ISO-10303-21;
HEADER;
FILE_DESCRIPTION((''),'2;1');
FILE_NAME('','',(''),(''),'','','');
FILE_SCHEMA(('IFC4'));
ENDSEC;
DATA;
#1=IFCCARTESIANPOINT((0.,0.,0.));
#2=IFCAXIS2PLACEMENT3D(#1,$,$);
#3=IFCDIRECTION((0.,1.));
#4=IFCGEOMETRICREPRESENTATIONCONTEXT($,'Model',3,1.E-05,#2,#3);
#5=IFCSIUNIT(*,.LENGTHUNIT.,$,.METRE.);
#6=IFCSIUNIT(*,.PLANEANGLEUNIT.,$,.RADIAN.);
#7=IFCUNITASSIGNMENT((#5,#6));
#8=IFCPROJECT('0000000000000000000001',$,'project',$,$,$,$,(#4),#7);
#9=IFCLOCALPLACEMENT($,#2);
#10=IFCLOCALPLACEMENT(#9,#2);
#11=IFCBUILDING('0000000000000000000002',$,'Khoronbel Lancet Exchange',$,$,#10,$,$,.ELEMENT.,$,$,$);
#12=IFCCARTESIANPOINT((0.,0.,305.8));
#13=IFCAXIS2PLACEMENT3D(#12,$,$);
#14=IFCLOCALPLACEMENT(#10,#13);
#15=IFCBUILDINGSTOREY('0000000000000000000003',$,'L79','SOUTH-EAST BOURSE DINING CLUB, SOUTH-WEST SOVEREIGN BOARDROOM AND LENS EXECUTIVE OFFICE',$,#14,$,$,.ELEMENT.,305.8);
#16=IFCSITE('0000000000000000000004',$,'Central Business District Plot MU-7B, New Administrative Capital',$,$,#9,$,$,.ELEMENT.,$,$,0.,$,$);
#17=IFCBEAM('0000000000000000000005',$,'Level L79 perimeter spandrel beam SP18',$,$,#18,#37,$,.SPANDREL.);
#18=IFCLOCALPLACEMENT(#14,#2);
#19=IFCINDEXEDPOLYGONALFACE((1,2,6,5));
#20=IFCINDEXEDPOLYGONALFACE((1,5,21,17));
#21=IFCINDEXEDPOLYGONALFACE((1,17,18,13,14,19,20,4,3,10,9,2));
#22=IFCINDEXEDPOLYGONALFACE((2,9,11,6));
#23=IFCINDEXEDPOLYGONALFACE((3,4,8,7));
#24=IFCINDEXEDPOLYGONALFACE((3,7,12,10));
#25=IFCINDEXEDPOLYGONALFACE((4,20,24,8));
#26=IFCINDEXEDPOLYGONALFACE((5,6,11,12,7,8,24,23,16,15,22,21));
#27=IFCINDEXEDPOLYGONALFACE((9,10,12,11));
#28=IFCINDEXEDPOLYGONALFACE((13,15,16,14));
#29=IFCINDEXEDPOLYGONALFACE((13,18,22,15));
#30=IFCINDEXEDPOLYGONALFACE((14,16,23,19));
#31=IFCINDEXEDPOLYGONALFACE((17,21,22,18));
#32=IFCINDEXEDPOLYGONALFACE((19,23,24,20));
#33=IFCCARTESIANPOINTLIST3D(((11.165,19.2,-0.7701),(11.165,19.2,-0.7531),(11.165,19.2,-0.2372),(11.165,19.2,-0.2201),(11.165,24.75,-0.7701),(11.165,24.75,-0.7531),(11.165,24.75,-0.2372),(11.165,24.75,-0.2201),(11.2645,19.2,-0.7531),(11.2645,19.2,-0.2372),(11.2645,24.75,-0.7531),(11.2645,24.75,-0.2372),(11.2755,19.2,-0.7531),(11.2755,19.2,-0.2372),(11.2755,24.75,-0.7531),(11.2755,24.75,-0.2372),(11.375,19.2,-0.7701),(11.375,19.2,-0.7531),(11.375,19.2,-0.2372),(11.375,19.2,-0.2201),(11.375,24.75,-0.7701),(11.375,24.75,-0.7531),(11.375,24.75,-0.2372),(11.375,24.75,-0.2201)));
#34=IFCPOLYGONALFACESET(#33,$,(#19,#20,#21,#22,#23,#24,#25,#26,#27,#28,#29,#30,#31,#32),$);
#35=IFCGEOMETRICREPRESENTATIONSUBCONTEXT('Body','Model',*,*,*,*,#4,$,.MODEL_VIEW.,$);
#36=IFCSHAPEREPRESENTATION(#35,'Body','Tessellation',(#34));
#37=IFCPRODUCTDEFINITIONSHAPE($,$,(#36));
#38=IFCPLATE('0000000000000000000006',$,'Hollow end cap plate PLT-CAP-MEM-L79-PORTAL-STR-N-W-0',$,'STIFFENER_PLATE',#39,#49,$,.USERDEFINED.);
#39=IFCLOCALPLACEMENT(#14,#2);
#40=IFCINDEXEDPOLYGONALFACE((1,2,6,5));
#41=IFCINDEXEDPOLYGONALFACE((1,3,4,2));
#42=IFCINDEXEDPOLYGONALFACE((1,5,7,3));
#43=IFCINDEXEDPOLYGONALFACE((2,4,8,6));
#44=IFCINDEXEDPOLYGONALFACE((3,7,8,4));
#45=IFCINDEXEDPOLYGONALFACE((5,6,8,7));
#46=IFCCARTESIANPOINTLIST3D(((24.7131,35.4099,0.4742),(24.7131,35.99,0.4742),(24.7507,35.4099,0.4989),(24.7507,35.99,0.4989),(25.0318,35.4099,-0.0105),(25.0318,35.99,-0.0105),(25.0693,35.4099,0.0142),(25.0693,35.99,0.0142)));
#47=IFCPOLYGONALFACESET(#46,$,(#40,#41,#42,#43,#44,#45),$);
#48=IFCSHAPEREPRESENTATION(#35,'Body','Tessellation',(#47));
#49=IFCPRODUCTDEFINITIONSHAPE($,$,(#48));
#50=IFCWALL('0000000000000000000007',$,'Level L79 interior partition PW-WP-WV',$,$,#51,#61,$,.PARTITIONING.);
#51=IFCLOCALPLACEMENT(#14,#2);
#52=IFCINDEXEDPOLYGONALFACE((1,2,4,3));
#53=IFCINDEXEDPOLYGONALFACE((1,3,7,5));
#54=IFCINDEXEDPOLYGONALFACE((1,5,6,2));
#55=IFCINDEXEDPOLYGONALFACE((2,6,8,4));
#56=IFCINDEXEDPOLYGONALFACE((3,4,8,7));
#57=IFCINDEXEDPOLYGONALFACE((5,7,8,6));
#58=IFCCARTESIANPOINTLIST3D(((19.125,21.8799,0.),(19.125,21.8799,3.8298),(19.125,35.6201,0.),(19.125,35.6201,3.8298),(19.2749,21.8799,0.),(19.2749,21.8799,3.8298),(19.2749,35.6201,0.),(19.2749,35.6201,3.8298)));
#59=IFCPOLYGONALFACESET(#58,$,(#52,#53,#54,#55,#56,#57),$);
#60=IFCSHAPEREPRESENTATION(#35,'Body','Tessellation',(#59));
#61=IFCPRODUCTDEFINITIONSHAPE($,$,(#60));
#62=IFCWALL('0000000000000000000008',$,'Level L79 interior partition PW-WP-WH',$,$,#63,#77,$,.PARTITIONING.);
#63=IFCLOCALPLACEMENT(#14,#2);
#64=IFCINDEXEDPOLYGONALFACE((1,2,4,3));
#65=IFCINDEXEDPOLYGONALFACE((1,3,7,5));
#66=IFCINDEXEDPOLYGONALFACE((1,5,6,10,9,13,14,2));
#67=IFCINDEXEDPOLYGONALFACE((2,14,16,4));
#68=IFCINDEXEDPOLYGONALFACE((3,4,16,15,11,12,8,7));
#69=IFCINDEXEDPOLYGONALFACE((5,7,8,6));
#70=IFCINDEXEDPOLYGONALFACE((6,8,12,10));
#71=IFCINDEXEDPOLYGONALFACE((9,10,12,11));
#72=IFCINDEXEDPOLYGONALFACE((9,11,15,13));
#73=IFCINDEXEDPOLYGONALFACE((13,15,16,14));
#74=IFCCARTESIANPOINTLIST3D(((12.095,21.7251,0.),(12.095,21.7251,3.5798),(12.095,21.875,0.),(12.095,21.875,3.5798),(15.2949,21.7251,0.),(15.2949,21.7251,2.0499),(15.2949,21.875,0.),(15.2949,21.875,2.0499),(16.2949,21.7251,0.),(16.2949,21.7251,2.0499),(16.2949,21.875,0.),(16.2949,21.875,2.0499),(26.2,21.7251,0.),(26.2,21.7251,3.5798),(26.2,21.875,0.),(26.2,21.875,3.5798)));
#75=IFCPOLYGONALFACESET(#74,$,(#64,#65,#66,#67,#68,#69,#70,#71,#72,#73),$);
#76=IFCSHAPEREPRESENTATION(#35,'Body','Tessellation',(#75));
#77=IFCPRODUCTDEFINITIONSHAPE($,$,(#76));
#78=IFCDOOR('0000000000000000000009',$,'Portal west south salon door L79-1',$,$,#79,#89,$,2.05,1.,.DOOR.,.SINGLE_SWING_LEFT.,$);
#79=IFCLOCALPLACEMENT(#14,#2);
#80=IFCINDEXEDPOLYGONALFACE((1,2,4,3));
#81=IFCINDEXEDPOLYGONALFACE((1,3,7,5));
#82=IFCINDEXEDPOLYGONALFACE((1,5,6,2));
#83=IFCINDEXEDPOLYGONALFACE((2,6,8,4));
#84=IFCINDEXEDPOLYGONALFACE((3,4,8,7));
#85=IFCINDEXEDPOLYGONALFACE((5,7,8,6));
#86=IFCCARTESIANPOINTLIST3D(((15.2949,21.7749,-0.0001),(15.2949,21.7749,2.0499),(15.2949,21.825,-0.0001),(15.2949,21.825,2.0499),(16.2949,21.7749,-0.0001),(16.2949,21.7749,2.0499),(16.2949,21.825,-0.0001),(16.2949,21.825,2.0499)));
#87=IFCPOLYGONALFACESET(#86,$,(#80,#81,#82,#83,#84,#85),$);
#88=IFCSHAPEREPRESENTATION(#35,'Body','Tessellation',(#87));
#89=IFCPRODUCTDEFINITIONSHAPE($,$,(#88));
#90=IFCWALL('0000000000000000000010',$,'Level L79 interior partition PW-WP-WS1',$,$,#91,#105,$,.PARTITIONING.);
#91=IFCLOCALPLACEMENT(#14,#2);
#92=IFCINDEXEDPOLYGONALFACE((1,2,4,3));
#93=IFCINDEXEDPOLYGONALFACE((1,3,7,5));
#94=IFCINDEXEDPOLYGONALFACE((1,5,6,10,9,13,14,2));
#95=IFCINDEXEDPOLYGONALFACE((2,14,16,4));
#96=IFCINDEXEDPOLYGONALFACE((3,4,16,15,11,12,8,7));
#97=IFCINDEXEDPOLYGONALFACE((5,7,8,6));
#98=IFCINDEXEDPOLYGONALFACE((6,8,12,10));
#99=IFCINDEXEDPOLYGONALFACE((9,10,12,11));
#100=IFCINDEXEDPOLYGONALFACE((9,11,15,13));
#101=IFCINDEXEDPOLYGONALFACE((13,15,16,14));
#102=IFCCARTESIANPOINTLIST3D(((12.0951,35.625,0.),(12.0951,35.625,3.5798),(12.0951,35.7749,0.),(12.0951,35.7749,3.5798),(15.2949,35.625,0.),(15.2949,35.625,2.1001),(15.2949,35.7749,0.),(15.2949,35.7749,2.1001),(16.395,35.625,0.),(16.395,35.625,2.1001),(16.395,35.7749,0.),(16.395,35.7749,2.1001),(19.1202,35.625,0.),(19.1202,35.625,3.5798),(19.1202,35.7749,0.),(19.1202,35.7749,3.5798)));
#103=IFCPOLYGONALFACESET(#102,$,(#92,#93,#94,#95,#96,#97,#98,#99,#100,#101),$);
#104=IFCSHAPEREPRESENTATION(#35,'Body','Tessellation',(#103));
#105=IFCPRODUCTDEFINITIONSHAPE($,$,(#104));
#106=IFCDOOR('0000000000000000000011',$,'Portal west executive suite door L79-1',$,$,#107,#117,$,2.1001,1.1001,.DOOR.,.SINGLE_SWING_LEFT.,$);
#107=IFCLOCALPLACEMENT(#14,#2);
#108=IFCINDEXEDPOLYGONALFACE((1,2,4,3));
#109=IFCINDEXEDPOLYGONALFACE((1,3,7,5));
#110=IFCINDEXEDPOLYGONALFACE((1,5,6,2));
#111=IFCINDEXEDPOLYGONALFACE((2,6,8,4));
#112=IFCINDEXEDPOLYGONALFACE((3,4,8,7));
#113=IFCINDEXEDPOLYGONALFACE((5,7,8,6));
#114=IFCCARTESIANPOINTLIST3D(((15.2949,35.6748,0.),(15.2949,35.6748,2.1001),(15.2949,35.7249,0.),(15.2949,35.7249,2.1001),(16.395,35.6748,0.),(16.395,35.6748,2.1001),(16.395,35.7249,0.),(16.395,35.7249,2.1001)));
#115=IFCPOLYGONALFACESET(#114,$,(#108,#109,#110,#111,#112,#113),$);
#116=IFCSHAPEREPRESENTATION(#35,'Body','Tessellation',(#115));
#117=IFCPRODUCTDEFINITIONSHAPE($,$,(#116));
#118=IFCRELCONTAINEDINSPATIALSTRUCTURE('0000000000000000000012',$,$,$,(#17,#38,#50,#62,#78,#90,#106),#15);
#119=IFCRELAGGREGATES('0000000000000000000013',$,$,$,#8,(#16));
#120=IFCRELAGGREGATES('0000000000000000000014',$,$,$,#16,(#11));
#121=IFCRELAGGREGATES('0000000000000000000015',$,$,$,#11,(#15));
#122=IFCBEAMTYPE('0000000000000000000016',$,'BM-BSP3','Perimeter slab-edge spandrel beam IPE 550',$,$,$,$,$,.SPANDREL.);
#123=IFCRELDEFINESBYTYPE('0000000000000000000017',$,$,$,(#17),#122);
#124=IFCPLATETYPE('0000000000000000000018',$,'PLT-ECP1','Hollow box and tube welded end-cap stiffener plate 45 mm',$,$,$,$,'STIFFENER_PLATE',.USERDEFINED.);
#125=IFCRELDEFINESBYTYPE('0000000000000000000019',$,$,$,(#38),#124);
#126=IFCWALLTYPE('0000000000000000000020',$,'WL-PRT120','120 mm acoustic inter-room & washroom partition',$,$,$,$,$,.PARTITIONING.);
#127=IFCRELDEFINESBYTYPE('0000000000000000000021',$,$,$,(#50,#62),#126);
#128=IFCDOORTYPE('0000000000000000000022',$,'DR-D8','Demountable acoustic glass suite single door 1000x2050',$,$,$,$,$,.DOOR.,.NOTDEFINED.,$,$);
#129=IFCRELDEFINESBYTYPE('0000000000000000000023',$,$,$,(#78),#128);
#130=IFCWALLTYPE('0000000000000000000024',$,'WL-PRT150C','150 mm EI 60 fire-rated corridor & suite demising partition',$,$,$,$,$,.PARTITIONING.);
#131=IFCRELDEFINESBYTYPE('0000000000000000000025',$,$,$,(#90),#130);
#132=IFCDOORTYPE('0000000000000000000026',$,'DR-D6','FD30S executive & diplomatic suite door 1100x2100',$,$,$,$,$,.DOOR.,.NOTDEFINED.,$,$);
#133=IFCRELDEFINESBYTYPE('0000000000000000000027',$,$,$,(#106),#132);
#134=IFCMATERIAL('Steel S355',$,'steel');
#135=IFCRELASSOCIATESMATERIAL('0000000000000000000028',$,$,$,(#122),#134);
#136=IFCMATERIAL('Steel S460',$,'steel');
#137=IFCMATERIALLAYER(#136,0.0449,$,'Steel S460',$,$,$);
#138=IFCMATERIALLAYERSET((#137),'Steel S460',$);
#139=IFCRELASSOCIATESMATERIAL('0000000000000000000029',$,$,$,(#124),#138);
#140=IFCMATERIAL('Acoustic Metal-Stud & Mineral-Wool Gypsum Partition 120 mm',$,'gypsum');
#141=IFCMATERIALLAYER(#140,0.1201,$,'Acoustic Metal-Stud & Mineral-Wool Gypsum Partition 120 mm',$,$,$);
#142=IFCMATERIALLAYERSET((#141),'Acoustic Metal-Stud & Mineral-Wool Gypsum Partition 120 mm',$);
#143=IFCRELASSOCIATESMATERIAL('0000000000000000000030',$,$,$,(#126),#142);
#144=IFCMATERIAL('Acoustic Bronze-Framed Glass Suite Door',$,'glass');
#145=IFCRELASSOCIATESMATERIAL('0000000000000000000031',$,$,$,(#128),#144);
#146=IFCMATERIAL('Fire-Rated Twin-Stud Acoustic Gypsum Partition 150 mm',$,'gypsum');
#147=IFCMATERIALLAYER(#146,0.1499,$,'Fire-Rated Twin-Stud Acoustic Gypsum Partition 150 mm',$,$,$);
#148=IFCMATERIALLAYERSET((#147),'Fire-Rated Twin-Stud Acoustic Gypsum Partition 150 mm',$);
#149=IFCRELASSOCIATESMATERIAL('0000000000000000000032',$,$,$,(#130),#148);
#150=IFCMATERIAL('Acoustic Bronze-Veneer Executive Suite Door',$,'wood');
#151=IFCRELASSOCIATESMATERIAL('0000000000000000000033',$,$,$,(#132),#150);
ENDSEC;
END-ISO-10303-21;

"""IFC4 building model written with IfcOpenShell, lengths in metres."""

from ifc_helpers import new_model, si_unit, direction, frame, frame_2d, origin, origin_2d, place, context, subcontext, project, spatial, polyline, rectangle, i_section, outline, extrude, material, layer, layer_set, material_profile, profile_set, type_object, element, fill, save


model = new_model("IFC4")

# Units and contexts
model_context = context("Model", 3, precision=1e-05, world=origin(), true_north=direction((0.0, 1.0)))
body_context = subcontext(model_context, "Body", "Model", "MODEL_VIEW")
ifc_project = project(units=[si_unit("LENGTHUNIT", "METRE"), si_unit("PLANEANGLEUNIT", "RADIAN")], contexts=[model_context])

# Site, building, storey
site_placement = place(None, origin())
site = spatial("IfcSite", under=ifc_project, at=site_placement, Name="Central Business District Plot MU-7B, New Administrative Capital", CompositionType="ELEMENT", RefElevation=0.0)
building_placement = place(site_placement, origin())
building = spatial("IfcBuilding", under=site, at=building_placement, Name="Khoronbel Lancet Exchange", CompositionType="ELEMENT")
storey_placement = place(building_placement, frame((0.0, 0.0, 305.8)))
storey = spatial("IfcBuildingStorey", under=building, at=storey_placement, Name="L79", Description="SOUTH-EAST BOURSE DINING CLUB, SOUTH-WEST SOVEREIGN BOARDROOM AND LENS EXECUTIVE OFFICE", CompositionType="ELEMENT", Elevation=305.8)

# Shared definitions
ifc_material_1 = material(Name="Steel S355", Category="steel")

# Beam
ifc_material_profile_1 = material_profile(ifc_material_1, i_section(OverallWidth=0.21, OverallDepth=0.55, WebThickness=0.011, FlangeThickness=0.0171, at=origin_2d()), Name="IPE 550")
ifc_profile_set_1 = profile_set([ifc_material_profile_1], Name="Steel S355")
beam_type_1 = type_object("IfcBeamType", Name="BM-BSP3", Description="Perimeter slab-edge spandrel beam IPE 550", PredefinedType="SPANDREL", material=ifc_profile_set_1)
beam_1_placement = place(storey_placement, frame((11.27, 24.75, -0.4951), z_axis=(0.0, -1.0, 0.0), x_axis=(1.0, 0.0, 0.0)))
element("IfcBeam", 1, at=beam_1_placement, inside=storey, type_object=beam_type_1, Name="Level L79 perimeter spandrel beam SP18", PredefinedType="SPANDREL", context=body_context, shape_type="SweptSolid", body=[
    extrude(i_section(OverallWidth=0.21, OverallDepth=0.55, WebThickness=0.011, FlangeThickness=0.0171, at=origin_2d()), origin(), (0.0, 0.0, 1.0), 5.55),
])

# Plate
ifc_material_2 = material(Name="Steel S460", Category="steel")
ifc_layer_1 = layer(ifc_material_2, 0.0449, Name="Steel S460")
ifc_layer_set_1 = layer_set([ifc_layer_1], Name="Steel S460")
plate_type = type_object("IfcPlateType", Name="PLT-ECP1", Description="Hollow box and tube welded end-cap stiffener plate 45 mm", ElementType="STIFFENER_PLATE", PredefinedType="USERDEFINED", material=ifc_layer_set_1)
plate_placement = place(storey_placement, frame((25.0693, 35.4099, 0.0142), z_axis=(0.835595, 0.0, 0.549346), x_axis=(0.0, 1.0, 0.0)))
element("IfcPlate", 2, at=plate_placement, inside=storey, type_object=plate_type, Name="Hollow end cap plate PLT-CAP-MEM-L79-PORTAL-STR-N-W-0", ObjectType="STIFFENER_PLATE", PredefinedType="USERDEFINED", context=body_context, shape_type="SweptSolid", body=[
    extrude(outline(polyline([(0.0, 0.0), (0.5801, 0.0), (0.5801, 0.5801), (0.0, 0.5801), (0.0, 0.0)])), origin(), (0.0, 0.0, -1.0), 0.0449),
])

# Wall
ifc_material_3 = material(Name="Acoustic Metal-Stud & Mineral-Wool Gypsum Partition 120 mm", Category="gypsum")
ifc_layer_2 = layer(ifc_material_3, 0.1201, Name="Acoustic Metal-Stud & Mineral-Wool Gypsum Partition 120 mm")
ifc_layer_set_2 = layer_set([ifc_layer_2], Name="Acoustic Metal-Stud & Mineral-Wool Gypsum Partition 120 mm")
wall_type_1 = type_object("IfcWallType", Name="WL-PRT120", Description="120 mm acoustic inter-room & washroom partition", PredefinedType="PARTITIONING", material=ifc_layer_set_2)
wall_1_placement = place(storey_placement, frame((19.2, 21.8799, 0.0), z_axis=(0.0, 0.0, 1.0), x_axis=(0.0, 1.0, 0.0)))
element("IfcWall", 3, at=wall_1_placement, inside=storey, type_object=wall_type_1, Name="Level L79 interior partition PW-WP-WV", PredefinedType="PARTITIONING", context=body_context, shape_type="SweptSolid", body=[
    extrude(rectangle(XDim=13.7402, YDim=0.1499, at=frame_2d((6.8701, 0.0))), origin(), (0.0, 0.0, 1.0), 3.8298),
])

# Walls, openings, doors
wall_2_placement = place(storey_placement, frame((12.095, 21.8, 0.0), z_axis=(0.0, 0.0, 1.0), x_axis=(1.0, 0.0, 0.0)))
wall_2 = element("IfcWall", 4, at=wall_2_placement, inside=storey, type_object=wall_type_1, Name="Level L79 interior partition PW-WP-WH", PredefinedType="PARTITIONING", context=body_context, shape_type="SweptSolid", body=[
    extrude(rectangle(XDim=14.105, YDim=0.1499, at=frame_2d((7.0525, 0.0))), origin(), (0.0, 0.0, 1.0), 3.5798),
])
opening_1_placement = place(wall_2_placement, frame((3.2, 0.0, 0.0)))
opening_1 = element("IfcOpeningElement", 5, at=opening_1_placement, cuts=wall_2, PredefinedType="OPENING", context=body_context, shape_type="SweptSolid", body=[
    extrude(rectangle(XDim=1.0, YDim=2.05, at=frame_2d((0.5, 1.0249))), frame((0.0, 0.085, 0.0), z_axis=(0.0, -1.0, 0.0), x_axis=(1.0, 0.0, 0.0)), (0.0, 0.0, 1.0), 0.1699),
])
ifc_material_4 = material(Name="Acoustic Bronze-Framed Glass Suite Door", Category="glass")
door_type_1 = type_object("IfcDoorType", Name="DR-D8", Description="Demountable acoustic glass suite single door 1000x2050", OperationType="NOTDEFINED", PredefinedType="DOOR", material=ifc_material_4)
door_1_placement = place(opening_1_placement, origin())
door_1 = element("IfcDoor", 6, at=door_1_placement, inside=storey, type_object=door_type_1, Name="Portal west south salon door L79-1", OperationType="SINGLE_SWING_LEFT", OverallHeight=2.05, OverallWidth=1.0, PredefinedType="DOOR", context=body_context, shape_type="SweptSolid", body=[
    extrude(rectangle(XDim=1.0, YDim=2.05, at=frame_2d((0.5, 1.0249))), frame((0.0, 0.0249, 0.0), z_axis=(0.0, -1.0, 0.0), x_axis=(1.0, 0.0, 0.0)), (0.0, 0.0, 1.0), 0.05),
])
fill(opening_1, door_1)
ifc_material_5 = material(Name="Fire-Rated Twin-Stud Acoustic Gypsum Partition 150 mm", Category="gypsum")
ifc_layer_3 = layer(ifc_material_5, 0.1499, Name="Fire-Rated Twin-Stud Acoustic Gypsum Partition 150 mm")
ifc_layer_set_3 = layer_set([ifc_layer_3], Name="Fire-Rated Twin-Stud Acoustic Gypsum Partition 150 mm")
wall_type_2 = type_object("IfcWallType", Name="WL-PRT150C", Description="150 mm EI 60 fire-rated corridor & suite demising partition", PredefinedType="PARTITIONING", material=ifc_layer_set_3)
wall_3_placement = place(storey_placement, frame((12.095, 35.7, 0.0), z_axis=(0.0, 0.0, 1.0), x_axis=(1.0, 0.0, 0.0)))
wall_3 = element("IfcWall", 7, at=wall_3_placement, inside=storey, type_object=wall_type_2, Name="Level L79 interior partition PW-WP-WS1", PredefinedType="PARTITIONING", context=body_context, shape_type="SweptSolid", body=[
    extrude(rectangle(XDim=7.0251, YDim=0.1499, at=frame_2d((3.5127, 0.0))), origin(), (0.0, 0.0, 1.0), 3.5798),
])
opening_2_placement = place(wall_3_placement, frame((3.2, 0.0, 0.0)))
opening_2 = element("IfcOpeningElement", 8, at=opening_2_placement, cuts=wall_3, PredefinedType="OPENING", context=body_context, shape_type="SweptSolid", body=[
    extrude(rectangle(XDim=1.1001, YDim=2.1001, at=frame_2d((0.55, 1.05))), frame((0.0, 0.085, 0.0), z_axis=(0.0, -1.0, 0.0), x_axis=(1.0, 0.0, 0.0)), (0.0, 0.0, 1.0), 0.1699),
])
ifc_material_6 = material(Name="Acoustic Bronze-Veneer Executive Suite Door", Category="wood")
door_type_2 = type_object("IfcDoorType", Name="DR-D6", Description="FD30S executive & diplomatic suite door 1100x2100", OperationType="NOTDEFINED", PredefinedType="DOOR", material=ifc_material_6)
door_2_placement = place(opening_2_placement, origin())
door_2 = element("IfcDoor", 9, at=door_2_placement, inside=storey, type_object=door_type_2, Name="Portal west executive suite door L79-1", OperationType="SINGLE_SWING_LEFT", OverallHeight=2.1001, OverallWidth=1.1001, PredefinedType="DOOR", context=body_context, shape_type="SweptSolid", body=[
    extrude(rectangle(XDim=1.1001, YDim=2.1001, at=frame_2d((0.55, 1.05))), frame((0.0, 0.0249, 0.0), z_axis=(0.0, -1.0, 0.0), x_axis=(1.0, 0.0, 0.0)), (0.0, 0.0, 1.0), 0.05),
])
fill(opening_2, door_2)

save(model, "model.ifc")
